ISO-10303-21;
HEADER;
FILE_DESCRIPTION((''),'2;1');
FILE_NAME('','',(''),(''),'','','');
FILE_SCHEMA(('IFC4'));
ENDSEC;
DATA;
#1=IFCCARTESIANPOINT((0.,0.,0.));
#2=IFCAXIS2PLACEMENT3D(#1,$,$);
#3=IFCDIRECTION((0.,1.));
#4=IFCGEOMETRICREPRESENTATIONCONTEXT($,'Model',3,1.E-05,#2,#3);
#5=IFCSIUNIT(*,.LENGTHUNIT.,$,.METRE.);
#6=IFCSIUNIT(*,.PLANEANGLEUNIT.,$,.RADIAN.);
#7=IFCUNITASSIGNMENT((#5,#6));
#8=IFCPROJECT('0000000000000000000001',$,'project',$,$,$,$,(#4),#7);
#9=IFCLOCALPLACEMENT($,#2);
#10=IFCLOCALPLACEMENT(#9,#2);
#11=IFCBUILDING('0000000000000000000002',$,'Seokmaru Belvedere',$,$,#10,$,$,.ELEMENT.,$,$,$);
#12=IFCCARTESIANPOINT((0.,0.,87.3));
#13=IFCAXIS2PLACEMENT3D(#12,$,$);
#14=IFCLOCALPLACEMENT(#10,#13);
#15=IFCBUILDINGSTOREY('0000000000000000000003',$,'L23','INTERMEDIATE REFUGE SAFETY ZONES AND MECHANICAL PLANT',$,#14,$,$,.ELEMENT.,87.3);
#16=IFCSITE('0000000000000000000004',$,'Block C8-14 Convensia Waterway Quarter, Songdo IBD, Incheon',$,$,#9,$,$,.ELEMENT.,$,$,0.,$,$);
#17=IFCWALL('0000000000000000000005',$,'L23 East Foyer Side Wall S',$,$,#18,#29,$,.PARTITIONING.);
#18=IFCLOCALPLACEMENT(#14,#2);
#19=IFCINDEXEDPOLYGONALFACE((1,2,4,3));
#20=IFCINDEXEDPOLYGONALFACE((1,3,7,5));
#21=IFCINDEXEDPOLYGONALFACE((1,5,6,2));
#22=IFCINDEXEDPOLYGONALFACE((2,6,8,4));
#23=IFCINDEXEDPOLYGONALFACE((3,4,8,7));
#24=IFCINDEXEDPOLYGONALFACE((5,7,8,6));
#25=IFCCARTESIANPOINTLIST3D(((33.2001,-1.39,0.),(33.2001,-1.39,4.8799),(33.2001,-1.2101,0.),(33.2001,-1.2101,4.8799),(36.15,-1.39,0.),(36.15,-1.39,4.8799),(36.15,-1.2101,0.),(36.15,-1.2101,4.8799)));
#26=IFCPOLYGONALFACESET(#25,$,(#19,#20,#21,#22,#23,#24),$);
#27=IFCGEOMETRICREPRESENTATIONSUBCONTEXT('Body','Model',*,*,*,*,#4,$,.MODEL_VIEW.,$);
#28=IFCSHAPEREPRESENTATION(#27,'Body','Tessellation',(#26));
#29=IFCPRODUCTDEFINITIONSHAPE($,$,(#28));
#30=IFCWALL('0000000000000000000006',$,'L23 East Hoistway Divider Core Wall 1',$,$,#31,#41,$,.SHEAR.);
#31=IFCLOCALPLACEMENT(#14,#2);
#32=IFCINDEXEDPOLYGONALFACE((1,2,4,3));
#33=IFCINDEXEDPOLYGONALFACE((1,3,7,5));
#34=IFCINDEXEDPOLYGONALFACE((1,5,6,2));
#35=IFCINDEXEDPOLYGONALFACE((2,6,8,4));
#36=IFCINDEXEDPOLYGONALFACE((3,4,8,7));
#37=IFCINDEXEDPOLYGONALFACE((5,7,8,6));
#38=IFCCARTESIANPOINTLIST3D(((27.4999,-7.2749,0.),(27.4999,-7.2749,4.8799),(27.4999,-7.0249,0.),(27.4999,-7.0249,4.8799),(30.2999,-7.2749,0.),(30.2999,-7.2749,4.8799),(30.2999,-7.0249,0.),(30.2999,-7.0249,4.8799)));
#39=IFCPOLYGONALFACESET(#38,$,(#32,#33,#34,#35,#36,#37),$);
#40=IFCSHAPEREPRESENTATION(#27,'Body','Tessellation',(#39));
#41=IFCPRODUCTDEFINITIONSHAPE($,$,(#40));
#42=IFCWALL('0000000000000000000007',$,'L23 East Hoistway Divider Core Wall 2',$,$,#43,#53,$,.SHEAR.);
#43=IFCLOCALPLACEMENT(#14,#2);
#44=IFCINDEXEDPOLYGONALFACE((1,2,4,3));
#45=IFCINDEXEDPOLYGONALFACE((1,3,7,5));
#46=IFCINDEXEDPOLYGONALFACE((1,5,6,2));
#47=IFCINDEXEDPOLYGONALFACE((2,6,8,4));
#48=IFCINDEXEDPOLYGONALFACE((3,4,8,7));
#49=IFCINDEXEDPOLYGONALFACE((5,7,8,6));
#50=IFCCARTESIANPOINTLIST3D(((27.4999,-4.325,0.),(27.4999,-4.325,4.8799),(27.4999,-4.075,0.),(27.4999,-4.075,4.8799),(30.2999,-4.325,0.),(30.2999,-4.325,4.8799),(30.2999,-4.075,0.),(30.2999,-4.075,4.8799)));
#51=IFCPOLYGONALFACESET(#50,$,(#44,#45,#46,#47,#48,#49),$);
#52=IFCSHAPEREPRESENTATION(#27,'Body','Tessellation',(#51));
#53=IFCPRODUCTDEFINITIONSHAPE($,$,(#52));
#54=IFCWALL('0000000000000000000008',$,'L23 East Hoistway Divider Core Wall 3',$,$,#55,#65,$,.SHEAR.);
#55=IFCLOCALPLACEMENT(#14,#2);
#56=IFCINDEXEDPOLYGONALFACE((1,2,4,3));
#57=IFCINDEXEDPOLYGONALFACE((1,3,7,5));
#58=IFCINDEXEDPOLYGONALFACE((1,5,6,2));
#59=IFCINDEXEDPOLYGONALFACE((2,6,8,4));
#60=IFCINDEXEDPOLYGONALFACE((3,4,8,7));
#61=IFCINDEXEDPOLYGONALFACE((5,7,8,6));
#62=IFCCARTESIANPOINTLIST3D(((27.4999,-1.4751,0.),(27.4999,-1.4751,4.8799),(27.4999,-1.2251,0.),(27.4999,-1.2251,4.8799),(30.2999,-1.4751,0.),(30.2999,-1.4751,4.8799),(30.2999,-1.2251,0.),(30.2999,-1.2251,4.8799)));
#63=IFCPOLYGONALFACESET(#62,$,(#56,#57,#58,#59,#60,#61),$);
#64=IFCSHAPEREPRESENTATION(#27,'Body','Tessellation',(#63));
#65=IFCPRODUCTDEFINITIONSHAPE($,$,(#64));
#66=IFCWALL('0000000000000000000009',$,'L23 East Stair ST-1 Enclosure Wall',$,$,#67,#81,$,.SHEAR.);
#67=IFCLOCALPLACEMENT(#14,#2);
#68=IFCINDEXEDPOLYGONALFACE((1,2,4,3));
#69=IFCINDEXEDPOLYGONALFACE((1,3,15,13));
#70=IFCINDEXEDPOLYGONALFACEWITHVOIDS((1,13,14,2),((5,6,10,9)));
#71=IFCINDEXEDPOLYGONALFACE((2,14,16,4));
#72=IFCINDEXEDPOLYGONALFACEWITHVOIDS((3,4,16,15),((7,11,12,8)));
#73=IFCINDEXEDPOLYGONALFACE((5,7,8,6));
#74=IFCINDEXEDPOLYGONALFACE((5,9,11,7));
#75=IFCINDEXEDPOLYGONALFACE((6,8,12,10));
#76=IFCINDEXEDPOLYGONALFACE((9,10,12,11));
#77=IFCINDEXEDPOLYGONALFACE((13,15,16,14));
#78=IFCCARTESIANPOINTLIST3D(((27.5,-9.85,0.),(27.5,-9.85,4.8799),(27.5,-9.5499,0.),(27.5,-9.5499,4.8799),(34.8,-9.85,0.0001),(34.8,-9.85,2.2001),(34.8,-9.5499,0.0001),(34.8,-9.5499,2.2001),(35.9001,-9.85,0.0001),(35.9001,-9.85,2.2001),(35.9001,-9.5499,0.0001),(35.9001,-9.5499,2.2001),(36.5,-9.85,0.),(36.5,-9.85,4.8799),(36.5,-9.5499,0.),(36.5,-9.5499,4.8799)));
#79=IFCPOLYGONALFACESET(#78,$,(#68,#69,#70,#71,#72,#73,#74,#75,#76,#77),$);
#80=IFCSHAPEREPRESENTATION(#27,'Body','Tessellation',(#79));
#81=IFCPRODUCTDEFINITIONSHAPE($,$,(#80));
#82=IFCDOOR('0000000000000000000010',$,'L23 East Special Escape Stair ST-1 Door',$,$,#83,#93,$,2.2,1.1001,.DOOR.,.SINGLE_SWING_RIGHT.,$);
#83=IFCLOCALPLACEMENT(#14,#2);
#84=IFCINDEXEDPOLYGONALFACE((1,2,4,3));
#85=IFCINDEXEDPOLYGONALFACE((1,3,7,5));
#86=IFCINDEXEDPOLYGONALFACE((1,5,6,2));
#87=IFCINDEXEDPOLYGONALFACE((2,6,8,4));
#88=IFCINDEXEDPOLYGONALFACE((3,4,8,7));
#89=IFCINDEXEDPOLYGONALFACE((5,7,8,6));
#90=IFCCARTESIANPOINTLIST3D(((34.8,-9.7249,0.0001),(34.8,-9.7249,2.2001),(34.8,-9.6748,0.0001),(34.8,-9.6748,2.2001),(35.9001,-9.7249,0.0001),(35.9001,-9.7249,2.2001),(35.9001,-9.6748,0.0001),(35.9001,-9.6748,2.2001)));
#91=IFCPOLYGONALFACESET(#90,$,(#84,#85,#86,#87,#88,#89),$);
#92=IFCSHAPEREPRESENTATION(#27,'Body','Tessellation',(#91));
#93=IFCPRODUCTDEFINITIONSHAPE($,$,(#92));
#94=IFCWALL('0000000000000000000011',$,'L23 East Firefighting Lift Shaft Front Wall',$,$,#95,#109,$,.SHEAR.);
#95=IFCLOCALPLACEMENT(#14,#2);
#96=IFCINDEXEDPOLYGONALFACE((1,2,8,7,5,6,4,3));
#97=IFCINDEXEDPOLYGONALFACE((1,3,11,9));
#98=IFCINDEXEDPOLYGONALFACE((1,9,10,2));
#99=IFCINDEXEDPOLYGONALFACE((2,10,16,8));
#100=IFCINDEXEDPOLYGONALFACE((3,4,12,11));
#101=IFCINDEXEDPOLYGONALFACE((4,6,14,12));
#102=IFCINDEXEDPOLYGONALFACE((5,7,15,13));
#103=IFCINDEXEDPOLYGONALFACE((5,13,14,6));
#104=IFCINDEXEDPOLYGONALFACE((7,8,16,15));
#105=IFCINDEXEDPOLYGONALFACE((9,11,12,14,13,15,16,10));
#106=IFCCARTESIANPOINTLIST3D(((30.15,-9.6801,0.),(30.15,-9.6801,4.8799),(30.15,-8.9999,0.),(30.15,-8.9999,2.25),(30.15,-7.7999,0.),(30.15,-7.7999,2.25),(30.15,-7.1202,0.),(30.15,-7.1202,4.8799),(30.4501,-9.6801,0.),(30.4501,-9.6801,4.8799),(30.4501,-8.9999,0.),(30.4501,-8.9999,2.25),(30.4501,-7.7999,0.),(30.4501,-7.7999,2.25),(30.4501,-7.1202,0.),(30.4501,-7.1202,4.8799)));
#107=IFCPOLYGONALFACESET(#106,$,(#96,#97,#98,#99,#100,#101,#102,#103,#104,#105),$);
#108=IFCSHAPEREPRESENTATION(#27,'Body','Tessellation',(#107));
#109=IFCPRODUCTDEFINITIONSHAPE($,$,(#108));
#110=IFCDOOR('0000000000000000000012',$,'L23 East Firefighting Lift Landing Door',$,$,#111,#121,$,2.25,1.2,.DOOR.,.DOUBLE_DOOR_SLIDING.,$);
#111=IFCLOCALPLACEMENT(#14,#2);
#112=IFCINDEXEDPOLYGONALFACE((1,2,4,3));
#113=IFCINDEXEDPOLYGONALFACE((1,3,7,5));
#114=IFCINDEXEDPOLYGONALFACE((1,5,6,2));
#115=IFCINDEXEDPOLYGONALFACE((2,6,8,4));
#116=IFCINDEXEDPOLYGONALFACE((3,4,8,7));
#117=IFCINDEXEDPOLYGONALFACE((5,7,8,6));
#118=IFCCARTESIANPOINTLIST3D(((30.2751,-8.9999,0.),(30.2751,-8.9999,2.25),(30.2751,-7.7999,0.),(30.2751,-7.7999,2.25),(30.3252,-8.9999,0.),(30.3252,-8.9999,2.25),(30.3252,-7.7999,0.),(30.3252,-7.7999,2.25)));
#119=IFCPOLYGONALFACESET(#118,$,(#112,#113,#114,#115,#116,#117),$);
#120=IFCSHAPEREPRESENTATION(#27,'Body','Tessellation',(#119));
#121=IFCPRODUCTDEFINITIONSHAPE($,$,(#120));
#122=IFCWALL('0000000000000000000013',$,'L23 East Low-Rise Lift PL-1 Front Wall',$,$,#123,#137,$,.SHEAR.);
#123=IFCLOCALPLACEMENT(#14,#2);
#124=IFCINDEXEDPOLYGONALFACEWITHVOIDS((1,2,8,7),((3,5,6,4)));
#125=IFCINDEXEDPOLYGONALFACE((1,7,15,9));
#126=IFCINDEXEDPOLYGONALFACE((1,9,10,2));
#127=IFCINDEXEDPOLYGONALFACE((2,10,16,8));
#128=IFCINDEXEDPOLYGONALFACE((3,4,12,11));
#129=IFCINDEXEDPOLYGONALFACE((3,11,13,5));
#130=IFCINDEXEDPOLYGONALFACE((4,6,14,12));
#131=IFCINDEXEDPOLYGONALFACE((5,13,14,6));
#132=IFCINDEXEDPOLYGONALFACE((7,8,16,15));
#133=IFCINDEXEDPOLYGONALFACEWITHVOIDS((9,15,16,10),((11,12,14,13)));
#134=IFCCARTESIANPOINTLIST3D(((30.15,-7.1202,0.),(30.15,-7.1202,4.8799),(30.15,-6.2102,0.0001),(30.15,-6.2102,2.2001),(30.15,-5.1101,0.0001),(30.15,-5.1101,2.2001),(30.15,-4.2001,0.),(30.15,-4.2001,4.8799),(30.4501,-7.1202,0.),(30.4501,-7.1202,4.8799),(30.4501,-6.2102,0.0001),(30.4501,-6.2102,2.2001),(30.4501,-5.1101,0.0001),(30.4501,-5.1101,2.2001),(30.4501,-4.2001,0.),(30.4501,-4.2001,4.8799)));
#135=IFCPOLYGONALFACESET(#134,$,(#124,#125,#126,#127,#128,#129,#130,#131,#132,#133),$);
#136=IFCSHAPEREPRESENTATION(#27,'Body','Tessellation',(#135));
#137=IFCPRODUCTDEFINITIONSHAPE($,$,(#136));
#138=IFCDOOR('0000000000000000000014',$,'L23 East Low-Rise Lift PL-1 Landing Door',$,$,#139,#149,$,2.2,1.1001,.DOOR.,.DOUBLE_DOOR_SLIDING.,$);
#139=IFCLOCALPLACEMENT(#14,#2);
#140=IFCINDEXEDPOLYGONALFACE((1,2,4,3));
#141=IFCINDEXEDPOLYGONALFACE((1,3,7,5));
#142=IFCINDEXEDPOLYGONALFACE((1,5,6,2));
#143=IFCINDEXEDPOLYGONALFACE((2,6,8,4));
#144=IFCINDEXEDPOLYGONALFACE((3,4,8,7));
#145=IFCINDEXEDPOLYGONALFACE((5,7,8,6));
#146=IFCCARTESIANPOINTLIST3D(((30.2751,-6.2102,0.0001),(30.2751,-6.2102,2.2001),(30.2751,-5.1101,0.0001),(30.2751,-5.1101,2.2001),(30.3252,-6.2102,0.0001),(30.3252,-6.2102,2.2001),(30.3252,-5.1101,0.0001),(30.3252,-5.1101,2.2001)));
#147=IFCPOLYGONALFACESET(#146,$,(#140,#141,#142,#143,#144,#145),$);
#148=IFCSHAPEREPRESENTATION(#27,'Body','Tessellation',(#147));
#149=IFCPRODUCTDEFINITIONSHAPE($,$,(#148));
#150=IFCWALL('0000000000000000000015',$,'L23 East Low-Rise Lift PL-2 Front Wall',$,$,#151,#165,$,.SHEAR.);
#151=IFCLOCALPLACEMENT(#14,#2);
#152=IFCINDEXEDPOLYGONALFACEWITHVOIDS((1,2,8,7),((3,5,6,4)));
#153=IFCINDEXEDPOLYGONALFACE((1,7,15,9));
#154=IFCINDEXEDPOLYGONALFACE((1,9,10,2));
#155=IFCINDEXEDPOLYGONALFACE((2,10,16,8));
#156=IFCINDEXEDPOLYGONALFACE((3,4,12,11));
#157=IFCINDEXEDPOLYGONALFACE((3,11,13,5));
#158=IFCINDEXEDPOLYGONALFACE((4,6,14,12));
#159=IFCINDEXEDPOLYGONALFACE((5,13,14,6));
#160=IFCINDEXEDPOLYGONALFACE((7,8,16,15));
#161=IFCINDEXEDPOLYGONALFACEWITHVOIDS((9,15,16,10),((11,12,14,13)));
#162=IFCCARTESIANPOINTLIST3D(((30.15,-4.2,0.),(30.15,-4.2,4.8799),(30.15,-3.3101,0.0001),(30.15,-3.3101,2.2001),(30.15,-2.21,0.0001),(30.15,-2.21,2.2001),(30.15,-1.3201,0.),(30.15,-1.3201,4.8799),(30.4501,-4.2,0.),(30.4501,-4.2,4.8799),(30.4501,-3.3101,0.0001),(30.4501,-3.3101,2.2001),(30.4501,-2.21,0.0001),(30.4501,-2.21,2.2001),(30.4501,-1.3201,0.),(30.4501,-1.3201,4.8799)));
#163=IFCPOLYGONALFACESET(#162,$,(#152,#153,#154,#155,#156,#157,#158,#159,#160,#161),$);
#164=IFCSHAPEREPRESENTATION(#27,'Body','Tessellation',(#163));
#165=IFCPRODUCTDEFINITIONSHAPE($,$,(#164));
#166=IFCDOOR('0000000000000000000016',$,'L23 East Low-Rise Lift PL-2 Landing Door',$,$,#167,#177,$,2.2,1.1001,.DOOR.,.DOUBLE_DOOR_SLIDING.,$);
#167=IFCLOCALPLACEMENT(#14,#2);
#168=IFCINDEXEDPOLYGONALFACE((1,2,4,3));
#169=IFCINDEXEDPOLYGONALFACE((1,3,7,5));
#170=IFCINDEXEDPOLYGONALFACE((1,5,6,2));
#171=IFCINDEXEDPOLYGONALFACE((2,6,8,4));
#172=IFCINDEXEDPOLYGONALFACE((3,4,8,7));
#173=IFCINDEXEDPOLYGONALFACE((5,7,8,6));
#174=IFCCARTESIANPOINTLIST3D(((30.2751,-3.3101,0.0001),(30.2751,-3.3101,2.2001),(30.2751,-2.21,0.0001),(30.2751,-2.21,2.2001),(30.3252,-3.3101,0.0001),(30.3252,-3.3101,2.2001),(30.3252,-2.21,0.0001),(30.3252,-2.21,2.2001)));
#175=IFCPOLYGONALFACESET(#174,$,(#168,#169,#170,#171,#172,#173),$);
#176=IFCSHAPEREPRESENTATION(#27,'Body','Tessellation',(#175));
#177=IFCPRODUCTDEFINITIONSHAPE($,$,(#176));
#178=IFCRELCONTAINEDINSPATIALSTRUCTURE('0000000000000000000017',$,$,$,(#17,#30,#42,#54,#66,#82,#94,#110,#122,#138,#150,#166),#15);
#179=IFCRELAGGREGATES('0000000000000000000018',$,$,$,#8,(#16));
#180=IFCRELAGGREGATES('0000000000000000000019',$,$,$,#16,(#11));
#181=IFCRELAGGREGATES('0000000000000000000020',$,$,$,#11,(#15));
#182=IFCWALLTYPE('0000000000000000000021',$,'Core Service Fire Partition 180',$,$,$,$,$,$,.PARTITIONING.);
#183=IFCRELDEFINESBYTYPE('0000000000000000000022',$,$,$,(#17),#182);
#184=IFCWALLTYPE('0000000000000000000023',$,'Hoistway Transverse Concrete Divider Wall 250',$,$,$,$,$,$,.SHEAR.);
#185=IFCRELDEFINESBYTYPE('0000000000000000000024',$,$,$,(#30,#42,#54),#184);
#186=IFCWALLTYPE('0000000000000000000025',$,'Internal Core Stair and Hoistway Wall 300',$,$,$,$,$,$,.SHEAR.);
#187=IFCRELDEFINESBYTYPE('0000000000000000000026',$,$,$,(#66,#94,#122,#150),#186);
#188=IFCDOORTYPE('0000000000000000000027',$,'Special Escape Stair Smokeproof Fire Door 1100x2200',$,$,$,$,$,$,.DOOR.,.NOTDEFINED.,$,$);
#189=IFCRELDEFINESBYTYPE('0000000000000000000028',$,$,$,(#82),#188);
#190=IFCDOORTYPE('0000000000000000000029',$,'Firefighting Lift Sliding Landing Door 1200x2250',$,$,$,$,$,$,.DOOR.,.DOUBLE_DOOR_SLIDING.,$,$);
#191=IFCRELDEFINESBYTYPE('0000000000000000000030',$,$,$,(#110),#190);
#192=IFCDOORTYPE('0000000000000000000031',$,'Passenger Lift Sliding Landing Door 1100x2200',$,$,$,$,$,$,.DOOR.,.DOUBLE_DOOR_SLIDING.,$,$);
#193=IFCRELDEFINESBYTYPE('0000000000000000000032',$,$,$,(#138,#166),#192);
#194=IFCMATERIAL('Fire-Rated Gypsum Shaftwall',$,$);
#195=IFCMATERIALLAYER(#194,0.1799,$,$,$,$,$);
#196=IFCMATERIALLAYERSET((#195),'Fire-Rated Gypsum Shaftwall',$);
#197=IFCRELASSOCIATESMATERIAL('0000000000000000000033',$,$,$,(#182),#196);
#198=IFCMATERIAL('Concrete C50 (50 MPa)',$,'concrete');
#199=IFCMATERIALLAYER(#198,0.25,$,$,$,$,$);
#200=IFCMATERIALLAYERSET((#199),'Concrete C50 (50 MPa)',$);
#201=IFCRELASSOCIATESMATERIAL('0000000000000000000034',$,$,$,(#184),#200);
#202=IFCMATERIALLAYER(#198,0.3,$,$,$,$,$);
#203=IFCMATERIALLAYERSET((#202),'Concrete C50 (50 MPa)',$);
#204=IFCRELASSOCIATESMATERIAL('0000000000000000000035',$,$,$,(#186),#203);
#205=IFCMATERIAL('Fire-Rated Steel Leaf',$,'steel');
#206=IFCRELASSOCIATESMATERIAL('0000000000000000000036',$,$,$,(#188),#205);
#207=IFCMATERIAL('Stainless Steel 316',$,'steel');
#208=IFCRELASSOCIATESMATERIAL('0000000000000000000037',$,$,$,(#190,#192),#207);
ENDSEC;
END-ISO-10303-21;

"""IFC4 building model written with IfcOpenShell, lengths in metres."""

from ifc_helpers import new_model, si_unit, direction, frame, frame_2d, origin, place, context, subcontext, project, spatial, rectangle, extrude, source, transform, mapped, material, layer, layer_set, type_object, type_shapes, element, fill, save


model = new_model("IFC4")

# Units and contexts
model_context = context("Model", 3, precision=1e-05, world=origin(), true_north=direction((0.0, 1.0)))
body_context = subcontext(model_context, "Body", "Model", "MODEL_VIEW")
ifc_project = project(units=[si_unit("LENGTHUNIT", "METRE"), si_unit("PLANEANGLEUNIT", "RADIAN")], contexts=[model_context])

# Site, building, storey
site_placement = place(None, origin())
site = spatial("IfcSite", under=ifc_project, at=site_placement, Name="Block C8-14 Convensia Waterway Quarter, Songdo IBD, Incheon", CompositionType="ELEMENT", RefElevation=0.0)
building_placement = place(site_placement, origin())
building = spatial("IfcBuilding", under=site, at=building_placement, Name="Seokmaru Belvedere", CompositionType="ELEMENT")
storey_placement = place(building_placement, frame((0.0, 0.0, 87.3)))
storey = spatial("IfcBuildingStorey", under=building, at=storey_placement, Name="L23", Description="INTERMEDIATE REFUGE SAFETY ZONES AND MECHANICAL PLANT", CompositionType="ELEMENT", Elevation=87.3)

# Shared definitions
ifc_material_1 = material(Name="Fire-Rated Gypsum Shaftwall")
ifc_layer_1 = layer(ifc_material_1, 0.1799)
ifc_layer_set_1 = layer_set([ifc_layer_1], Name="Fire-Rated Gypsum Shaftwall")
wall_type_1 = type_object("IfcWallType", Name="Core Service Fire Partition 180", PredefinedType="PARTITIONING", material=ifc_layer_set_1)

# Shared definitions
ifc_material_2 = material(Name="Fire-Rated Steel Leaf", Category="steel")

# Walls
wall_1_placement = place(storey_placement, frame((33.2, -1.3, 0.0), z_axis=(0.0, 0.0, 1.0), x_axis=(1.0, 0.0, 0.0)))
element("IfcWall", 1, at=wall_1_placement, inside=storey, type_object=wall_type_1, Name="L23 East Foyer Side Wall S", PredefinedType="PARTITIONING", context=body_context, shape_type="SweptSolid", body=[
    extrude(rectangle(XDim=2.95, YDim=0.1799, at=frame_2d((1.4751, 0.0))), origin(), (0.0, 0.0, 1.0), 4.8799),
])
ifc_material_3 = material(Name="Concrete C50 (50 MPa)", Category="concrete")
ifc_layer_2 = layer(ifc_material_3, 0.25)
ifc_layer_set_2 = layer_set([ifc_layer_2], Name="Concrete C50 (50 MPa)")
wall_type_2 = type_object("IfcWallType", Name="Hoistway Transverse Concrete Divider Wall 250", PredefinedType="SHEAR", material=ifc_layer_set_2)
for number, where, z_axis, x_axis, name in (
    (2, (27.5, -7.1499, 0.0), (0.0, 0.0, 1.0), (1.0, 0.0, 0.0), "L23 East Hoistway Divider Core Wall 1"),
    (3, (27.5, -4.2, 0.0), (0.0, 0.0, 1.0), (1.0, 0.0, 0.0), "L23 East Hoistway Divider Core Wall 2"),
    (4, (27.5, -1.3501, 0.0), (0.0, 0.0, 1.0), (1.0, 0.0, 0.0), "L23 East Hoistway Divider Core Wall 3"),
):
    element("IfcWall", number, at=place(storey_placement, frame(where, z_axis=z_axis, x_axis=x_axis)), inside=storey, type_object=wall_type_2, Name=name, PredefinedType="SHEAR", context=body_context, shape_type="SweptSolid", body=[
        extrude(rectangle(XDim=2.8, YDim=0.25, at=frame_2d((1.3999, 0.0))), origin(), (0.0, 0.0, 1.0), 4.8799),
    ])

# Walls, openings, doors
ifc_layer_3 = layer(ifc_material_3, 0.3)
ifc_layer_set_3 = layer_set([ifc_layer_3], Name="Concrete C50 (50 MPa)")
wall_type_3 = type_object("IfcWallType", Name="Internal Core Stair and Hoistway Wall 300", PredefinedType="SHEAR", material=ifc_layer_set_3)
wall_2_placement = place(storey_placement, frame((27.5, -9.7, 0.0), z_axis=(0.0, 0.0, 1.0), x_axis=(1.0, 0.0, 0.0)))
wall_2 = element("IfcWall", 5, at=wall_2_placement, inside=storey, type_object=wall_type_3, Name="L23 East Stair ST-1 Enclosure Wall", PredefinedType="SHEAR", context=body_context, shape_type="SweptSolid", body=[
    extrude(rectangle(XDim=9.0, YDim=0.3, at=frame_2d((4.5, 0.0))), origin(), (0.0, 0.0, 1.0), 4.8799),
])
opening_1_placement = place(wall_2_placement, frame((7.3, 0.0, 0.0)))
opening_1 = element("IfcOpeningElement", 6, at=opening_1_placement, cuts=wall_2, PredefinedType="OPENING", context=body_context, shape_type="SweptSolid", body=[
    extrude(rectangle(XDim=1.1001, YDim=2.2, at=frame_2d((0.55, 1.1001))), frame((0.0, 0.1602, 0.0), z_axis=(0.0, -1.0, 0.0), x_axis=(1.0, 0.0, 0.0)), (0.0, 0.0, 1.0), 0.3201),
])
door_type_1 = type_object("IfcDoorType", Name="Special Escape Stair Smokeproof Fire Door 1100x2200", OperationType="NOTDEFINED", PredefinedType="DOOR", material=ifc_material_2)
shared_shape_1 = source(origin(), body_context, "Body", "SweptSolid", [
    extrude(rectangle(XDim=1.1001, YDim=2.2, at=frame_2d((0.55, 1.1001))), frame((0.0, 0.0249, 0.0), z_axis=(0.0, -1.0, 0.0), x_axis=(1.0, 0.0, 0.0)), (0.0, 0.0, 1.0), 0.05),
])
type_shapes(door_type_1, [shared_shape_1])
door_1_placement = place(opening_1_placement, frame((1.1001, 0.0, 0.0), z_axis=(0.0, 0.0, 1.0), x_axis=(-1.0, 0.0, 0.0)))
door_1 = element("IfcDoor", 7, at=door_1_placement, inside=storey, type_object=door_type_1, Name="L23 East Special Escape Stair ST-1 Door", OperationType="SINGLE_SWING_RIGHT", OverallHeight=2.2, OverallWidth=1.1001, PredefinedType="DOOR", context=body_context, shape_type="MappedRepresentation", body=[
    mapped(shared_shape_1, transform((0.0, 0.0, 0.0), scale=1.0)),
])
fill(opening_1, door_1)
wall_3_placement = place(storey_placement, frame((30.3, -9.6799, 0.0), z_axis=(0.0, 0.0, 1.0), x_axis=(0.0, 1.0, 0.0)))
wall_3 = element("IfcWall", 8, at=wall_3_placement, inside=storey, type_object=wall_type_3, Name="L23 East Firefighting Lift Shaft Front Wall", PredefinedType="SHEAR", context=body_context, shape_type="SweptSolid", body=[
    extrude(rectangle(XDim=2.5598, YDim=0.3, at=frame_2d((1.2798, 0.0))), origin(), (0.0, 0.0, 1.0), 4.8799),
])
opening_2_placement = place(wall_3_placement, frame((0.6799, 0.0, 0.0)))
opening_2 = element("IfcOpeningElement", 9, at=opening_2_placement, cuts=wall_3, PredefinedType="OPENING", context=body_context, shape_type="SweptSolid", body=[
    extrude(rectangle(XDim=1.2, YDim=2.25, at=frame_2d((0.6001, 1.125))), frame((0.0, 0.1602, 0.0), z_axis=(0.0, -1.0, 0.0), x_axis=(1.0, 0.0, 0.0)), (0.0, 0.0, 1.0), 0.3201),
])
ifc_material_4 = material(Name="Stainless Steel 316", Category="steel")
door_type_2 = type_object("IfcDoorType", Name="Firefighting Lift Sliding Landing Door 1200x2250", OperationType="DOUBLE_DOOR_SLIDING", PredefinedType="DOOR", material=ifc_material_4)
shared_shape_2 = source(origin(), body_context, "Body", "SweptSolid", [
    extrude(rectangle(XDim=1.2, YDim=2.25, at=frame_2d((0.6001, 1.125))), frame((0.0, 0.0249, 0.0), z_axis=(0.0, -1.0, 0.0), x_axis=(1.0, 0.0, 0.0)), (0.0, 0.0, 1.0), 0.05),
])
type_shapes(door_type_2, [shared_shape_2])
door_2_placement = place(opening_2_placement, origin())
door_2 = element("IfcDoor", 10, at=door_2_placement, inside=storey, type_object=door_type_2, Name="L23 East Firefighting Lift Landing Door", OperationType="DOUBLE_DOOR_SLIDING", OverallHeight=2.25, OverallWidth=1.2, PredefinedType="DOOR", context=body_context, shape_type="MappedRepresentation", body=[
    mapped(shared_shape_2, transform((0.0, 0.0, 0.0), scale=1.0)),
])
fill(opening_2, door_2)
wall_4_placement = place(storey_placement, frame((30.3, -7.1201, 0.0), z_axis=(0.0, 0.0, 1.0), x_axis=(0.0, 1.0, 0.0)))
wall_4 = element("IfcWall", 11, at=wall_4_placement, inside=storey, type_object=wall_type_3, Name="L23 East Low-Rise Lift PL-1 Front Wall", PredefinedType="SHEAR", context=body_context, shape_type="SweptSolid", body=[
    extrude(rectangle(XDim=2.9202, YDim=0.3, at=frame_2d((1.46, 0.0))), origin(), (0.0, 0.0, 1.0), 4.8799),
])
opening_3_placement = place(wall_4_placement, frame((0.9099, 0.0, 0.0)))
opening_3 = element("IfcOpeningElement", 12, at=opening_3_placement, cuts=wall_4, PredefinedType="OPENING", context=body_context, shape_type="SweptSolid", body=[
    extrude(rectangle(XDim=1.1001, YDim=2.2, at=frame_2d((0.55, 1.1001))), frame((0.0, 0.1602, 0.0), z_axis=(0.0, -1.0, 0.0), x_axis=(1.0, 0.0, 0.0)), (0.0, 0.0, 1.0), 0.3201),
])
door_type_3 = type_object("IfcDoorType", Name="Passenger Lift Sliding Landing Door 1100x2200", OperationType="DOUBLE_DOOR_SLIDING", PredefinedType="DOOR", material=ifc_material_4)
shared_shape_3 = source(origin(), body_context, "Body", "SweptSolid", [
    extrude(rectangle(XDim=1.1001, YDim=2.2, at=frame_2d((0.55, 1.1001))), frame((0.0, 0.0249, 0.0), z_axis=(0.0, -1.0, 0.0), x_axis=(1.0, 0.0, 0.0)), (0.0, 0.0, 1.0), 0.05),
])
type_shapes(door_type_3, [shared_shape_3])
door_3_placement = place(opening_3_placement, origin())
door_3 = element("IfcDoor", 13, at=door_3_placement, inside=storey, type_object=door_type_3, Name="L23 East Low-Rise Lift PL-1 Landing Door", OperationType="DOUBLE_DOOR_SLIDING", OverallHeight=2.2, OverallWidth=1.1001, PredefinedType="DOOR", context=body_context, shape_type="MappedRepresentation", body=[
    mapped(shared_shape_3, transform((0.0, 0.0, 0.0), scale=1.0)),
])
fill(opening_3, door_3)
wall_5_placement = place(storey_placement, frame((30.3, -4.2, 0.0), z_axis=(0.0, 0.0, 1.0), x_axis=(0.0, 1.0, 0.0)))
wall_5 = element("IfcWall", 14, at=wall_5_placement, inside=storey, type_object=wall_type_3, Name="L23 East Low-Rise Lift PL-2 Front Wall", PredefinedType="SHEAR", context=body_context, shape_type="SweptSolid", body=[
    extrude(rectangle(XDim=2.8799, YDim=0.3, at=frame_2d((1.4399, 0.0))), origin(), (0.0, 0.0, 1.0), 4.8799),
])
opening_4_placement = place(wall_5_placement, frame((0.8899, 0.0, 0.0)))
opening_4 = element("IfcOpeningElement", 15, at=opening_4_placement, cuts=wall_5, PredefinedType="OPENING", context=body_context, shape_type="SweptSolid", body=[
    extrude(rectangle(XDim=1.1001, YDim=2.2, at=frame_2d((0.55, 1.1001))), frame((0.0, 0.1602, 0.0), z_axis=(0.0, -1.0, 0.0), x_axis=(1.0, 0.0, 0.0)), (0.0, 0.0, 1.0), 0.3201),
])
door_4_placement = place(opening_4_placement, origin())
door_4 = element("IfcDoor", 16, at=door_4_placement, inside=storey, type_object=door_type_3, Name="L23 East Low-Rise Lift PL-2 Landing Door", OperationType="DOUBLE_DOOR_SLIDING", OverallHeight=2.2, OverallWidth=1.1001, PredefinedType="DOOR", context=body_context, shape_type="MappedRepresentation", body=[
    mapped(shared_shape_3, transform((0.0, 0.0, 0.0), scale=1.0)),
])
fill(opening_4, door_4)

save(model, "model.ifc")
